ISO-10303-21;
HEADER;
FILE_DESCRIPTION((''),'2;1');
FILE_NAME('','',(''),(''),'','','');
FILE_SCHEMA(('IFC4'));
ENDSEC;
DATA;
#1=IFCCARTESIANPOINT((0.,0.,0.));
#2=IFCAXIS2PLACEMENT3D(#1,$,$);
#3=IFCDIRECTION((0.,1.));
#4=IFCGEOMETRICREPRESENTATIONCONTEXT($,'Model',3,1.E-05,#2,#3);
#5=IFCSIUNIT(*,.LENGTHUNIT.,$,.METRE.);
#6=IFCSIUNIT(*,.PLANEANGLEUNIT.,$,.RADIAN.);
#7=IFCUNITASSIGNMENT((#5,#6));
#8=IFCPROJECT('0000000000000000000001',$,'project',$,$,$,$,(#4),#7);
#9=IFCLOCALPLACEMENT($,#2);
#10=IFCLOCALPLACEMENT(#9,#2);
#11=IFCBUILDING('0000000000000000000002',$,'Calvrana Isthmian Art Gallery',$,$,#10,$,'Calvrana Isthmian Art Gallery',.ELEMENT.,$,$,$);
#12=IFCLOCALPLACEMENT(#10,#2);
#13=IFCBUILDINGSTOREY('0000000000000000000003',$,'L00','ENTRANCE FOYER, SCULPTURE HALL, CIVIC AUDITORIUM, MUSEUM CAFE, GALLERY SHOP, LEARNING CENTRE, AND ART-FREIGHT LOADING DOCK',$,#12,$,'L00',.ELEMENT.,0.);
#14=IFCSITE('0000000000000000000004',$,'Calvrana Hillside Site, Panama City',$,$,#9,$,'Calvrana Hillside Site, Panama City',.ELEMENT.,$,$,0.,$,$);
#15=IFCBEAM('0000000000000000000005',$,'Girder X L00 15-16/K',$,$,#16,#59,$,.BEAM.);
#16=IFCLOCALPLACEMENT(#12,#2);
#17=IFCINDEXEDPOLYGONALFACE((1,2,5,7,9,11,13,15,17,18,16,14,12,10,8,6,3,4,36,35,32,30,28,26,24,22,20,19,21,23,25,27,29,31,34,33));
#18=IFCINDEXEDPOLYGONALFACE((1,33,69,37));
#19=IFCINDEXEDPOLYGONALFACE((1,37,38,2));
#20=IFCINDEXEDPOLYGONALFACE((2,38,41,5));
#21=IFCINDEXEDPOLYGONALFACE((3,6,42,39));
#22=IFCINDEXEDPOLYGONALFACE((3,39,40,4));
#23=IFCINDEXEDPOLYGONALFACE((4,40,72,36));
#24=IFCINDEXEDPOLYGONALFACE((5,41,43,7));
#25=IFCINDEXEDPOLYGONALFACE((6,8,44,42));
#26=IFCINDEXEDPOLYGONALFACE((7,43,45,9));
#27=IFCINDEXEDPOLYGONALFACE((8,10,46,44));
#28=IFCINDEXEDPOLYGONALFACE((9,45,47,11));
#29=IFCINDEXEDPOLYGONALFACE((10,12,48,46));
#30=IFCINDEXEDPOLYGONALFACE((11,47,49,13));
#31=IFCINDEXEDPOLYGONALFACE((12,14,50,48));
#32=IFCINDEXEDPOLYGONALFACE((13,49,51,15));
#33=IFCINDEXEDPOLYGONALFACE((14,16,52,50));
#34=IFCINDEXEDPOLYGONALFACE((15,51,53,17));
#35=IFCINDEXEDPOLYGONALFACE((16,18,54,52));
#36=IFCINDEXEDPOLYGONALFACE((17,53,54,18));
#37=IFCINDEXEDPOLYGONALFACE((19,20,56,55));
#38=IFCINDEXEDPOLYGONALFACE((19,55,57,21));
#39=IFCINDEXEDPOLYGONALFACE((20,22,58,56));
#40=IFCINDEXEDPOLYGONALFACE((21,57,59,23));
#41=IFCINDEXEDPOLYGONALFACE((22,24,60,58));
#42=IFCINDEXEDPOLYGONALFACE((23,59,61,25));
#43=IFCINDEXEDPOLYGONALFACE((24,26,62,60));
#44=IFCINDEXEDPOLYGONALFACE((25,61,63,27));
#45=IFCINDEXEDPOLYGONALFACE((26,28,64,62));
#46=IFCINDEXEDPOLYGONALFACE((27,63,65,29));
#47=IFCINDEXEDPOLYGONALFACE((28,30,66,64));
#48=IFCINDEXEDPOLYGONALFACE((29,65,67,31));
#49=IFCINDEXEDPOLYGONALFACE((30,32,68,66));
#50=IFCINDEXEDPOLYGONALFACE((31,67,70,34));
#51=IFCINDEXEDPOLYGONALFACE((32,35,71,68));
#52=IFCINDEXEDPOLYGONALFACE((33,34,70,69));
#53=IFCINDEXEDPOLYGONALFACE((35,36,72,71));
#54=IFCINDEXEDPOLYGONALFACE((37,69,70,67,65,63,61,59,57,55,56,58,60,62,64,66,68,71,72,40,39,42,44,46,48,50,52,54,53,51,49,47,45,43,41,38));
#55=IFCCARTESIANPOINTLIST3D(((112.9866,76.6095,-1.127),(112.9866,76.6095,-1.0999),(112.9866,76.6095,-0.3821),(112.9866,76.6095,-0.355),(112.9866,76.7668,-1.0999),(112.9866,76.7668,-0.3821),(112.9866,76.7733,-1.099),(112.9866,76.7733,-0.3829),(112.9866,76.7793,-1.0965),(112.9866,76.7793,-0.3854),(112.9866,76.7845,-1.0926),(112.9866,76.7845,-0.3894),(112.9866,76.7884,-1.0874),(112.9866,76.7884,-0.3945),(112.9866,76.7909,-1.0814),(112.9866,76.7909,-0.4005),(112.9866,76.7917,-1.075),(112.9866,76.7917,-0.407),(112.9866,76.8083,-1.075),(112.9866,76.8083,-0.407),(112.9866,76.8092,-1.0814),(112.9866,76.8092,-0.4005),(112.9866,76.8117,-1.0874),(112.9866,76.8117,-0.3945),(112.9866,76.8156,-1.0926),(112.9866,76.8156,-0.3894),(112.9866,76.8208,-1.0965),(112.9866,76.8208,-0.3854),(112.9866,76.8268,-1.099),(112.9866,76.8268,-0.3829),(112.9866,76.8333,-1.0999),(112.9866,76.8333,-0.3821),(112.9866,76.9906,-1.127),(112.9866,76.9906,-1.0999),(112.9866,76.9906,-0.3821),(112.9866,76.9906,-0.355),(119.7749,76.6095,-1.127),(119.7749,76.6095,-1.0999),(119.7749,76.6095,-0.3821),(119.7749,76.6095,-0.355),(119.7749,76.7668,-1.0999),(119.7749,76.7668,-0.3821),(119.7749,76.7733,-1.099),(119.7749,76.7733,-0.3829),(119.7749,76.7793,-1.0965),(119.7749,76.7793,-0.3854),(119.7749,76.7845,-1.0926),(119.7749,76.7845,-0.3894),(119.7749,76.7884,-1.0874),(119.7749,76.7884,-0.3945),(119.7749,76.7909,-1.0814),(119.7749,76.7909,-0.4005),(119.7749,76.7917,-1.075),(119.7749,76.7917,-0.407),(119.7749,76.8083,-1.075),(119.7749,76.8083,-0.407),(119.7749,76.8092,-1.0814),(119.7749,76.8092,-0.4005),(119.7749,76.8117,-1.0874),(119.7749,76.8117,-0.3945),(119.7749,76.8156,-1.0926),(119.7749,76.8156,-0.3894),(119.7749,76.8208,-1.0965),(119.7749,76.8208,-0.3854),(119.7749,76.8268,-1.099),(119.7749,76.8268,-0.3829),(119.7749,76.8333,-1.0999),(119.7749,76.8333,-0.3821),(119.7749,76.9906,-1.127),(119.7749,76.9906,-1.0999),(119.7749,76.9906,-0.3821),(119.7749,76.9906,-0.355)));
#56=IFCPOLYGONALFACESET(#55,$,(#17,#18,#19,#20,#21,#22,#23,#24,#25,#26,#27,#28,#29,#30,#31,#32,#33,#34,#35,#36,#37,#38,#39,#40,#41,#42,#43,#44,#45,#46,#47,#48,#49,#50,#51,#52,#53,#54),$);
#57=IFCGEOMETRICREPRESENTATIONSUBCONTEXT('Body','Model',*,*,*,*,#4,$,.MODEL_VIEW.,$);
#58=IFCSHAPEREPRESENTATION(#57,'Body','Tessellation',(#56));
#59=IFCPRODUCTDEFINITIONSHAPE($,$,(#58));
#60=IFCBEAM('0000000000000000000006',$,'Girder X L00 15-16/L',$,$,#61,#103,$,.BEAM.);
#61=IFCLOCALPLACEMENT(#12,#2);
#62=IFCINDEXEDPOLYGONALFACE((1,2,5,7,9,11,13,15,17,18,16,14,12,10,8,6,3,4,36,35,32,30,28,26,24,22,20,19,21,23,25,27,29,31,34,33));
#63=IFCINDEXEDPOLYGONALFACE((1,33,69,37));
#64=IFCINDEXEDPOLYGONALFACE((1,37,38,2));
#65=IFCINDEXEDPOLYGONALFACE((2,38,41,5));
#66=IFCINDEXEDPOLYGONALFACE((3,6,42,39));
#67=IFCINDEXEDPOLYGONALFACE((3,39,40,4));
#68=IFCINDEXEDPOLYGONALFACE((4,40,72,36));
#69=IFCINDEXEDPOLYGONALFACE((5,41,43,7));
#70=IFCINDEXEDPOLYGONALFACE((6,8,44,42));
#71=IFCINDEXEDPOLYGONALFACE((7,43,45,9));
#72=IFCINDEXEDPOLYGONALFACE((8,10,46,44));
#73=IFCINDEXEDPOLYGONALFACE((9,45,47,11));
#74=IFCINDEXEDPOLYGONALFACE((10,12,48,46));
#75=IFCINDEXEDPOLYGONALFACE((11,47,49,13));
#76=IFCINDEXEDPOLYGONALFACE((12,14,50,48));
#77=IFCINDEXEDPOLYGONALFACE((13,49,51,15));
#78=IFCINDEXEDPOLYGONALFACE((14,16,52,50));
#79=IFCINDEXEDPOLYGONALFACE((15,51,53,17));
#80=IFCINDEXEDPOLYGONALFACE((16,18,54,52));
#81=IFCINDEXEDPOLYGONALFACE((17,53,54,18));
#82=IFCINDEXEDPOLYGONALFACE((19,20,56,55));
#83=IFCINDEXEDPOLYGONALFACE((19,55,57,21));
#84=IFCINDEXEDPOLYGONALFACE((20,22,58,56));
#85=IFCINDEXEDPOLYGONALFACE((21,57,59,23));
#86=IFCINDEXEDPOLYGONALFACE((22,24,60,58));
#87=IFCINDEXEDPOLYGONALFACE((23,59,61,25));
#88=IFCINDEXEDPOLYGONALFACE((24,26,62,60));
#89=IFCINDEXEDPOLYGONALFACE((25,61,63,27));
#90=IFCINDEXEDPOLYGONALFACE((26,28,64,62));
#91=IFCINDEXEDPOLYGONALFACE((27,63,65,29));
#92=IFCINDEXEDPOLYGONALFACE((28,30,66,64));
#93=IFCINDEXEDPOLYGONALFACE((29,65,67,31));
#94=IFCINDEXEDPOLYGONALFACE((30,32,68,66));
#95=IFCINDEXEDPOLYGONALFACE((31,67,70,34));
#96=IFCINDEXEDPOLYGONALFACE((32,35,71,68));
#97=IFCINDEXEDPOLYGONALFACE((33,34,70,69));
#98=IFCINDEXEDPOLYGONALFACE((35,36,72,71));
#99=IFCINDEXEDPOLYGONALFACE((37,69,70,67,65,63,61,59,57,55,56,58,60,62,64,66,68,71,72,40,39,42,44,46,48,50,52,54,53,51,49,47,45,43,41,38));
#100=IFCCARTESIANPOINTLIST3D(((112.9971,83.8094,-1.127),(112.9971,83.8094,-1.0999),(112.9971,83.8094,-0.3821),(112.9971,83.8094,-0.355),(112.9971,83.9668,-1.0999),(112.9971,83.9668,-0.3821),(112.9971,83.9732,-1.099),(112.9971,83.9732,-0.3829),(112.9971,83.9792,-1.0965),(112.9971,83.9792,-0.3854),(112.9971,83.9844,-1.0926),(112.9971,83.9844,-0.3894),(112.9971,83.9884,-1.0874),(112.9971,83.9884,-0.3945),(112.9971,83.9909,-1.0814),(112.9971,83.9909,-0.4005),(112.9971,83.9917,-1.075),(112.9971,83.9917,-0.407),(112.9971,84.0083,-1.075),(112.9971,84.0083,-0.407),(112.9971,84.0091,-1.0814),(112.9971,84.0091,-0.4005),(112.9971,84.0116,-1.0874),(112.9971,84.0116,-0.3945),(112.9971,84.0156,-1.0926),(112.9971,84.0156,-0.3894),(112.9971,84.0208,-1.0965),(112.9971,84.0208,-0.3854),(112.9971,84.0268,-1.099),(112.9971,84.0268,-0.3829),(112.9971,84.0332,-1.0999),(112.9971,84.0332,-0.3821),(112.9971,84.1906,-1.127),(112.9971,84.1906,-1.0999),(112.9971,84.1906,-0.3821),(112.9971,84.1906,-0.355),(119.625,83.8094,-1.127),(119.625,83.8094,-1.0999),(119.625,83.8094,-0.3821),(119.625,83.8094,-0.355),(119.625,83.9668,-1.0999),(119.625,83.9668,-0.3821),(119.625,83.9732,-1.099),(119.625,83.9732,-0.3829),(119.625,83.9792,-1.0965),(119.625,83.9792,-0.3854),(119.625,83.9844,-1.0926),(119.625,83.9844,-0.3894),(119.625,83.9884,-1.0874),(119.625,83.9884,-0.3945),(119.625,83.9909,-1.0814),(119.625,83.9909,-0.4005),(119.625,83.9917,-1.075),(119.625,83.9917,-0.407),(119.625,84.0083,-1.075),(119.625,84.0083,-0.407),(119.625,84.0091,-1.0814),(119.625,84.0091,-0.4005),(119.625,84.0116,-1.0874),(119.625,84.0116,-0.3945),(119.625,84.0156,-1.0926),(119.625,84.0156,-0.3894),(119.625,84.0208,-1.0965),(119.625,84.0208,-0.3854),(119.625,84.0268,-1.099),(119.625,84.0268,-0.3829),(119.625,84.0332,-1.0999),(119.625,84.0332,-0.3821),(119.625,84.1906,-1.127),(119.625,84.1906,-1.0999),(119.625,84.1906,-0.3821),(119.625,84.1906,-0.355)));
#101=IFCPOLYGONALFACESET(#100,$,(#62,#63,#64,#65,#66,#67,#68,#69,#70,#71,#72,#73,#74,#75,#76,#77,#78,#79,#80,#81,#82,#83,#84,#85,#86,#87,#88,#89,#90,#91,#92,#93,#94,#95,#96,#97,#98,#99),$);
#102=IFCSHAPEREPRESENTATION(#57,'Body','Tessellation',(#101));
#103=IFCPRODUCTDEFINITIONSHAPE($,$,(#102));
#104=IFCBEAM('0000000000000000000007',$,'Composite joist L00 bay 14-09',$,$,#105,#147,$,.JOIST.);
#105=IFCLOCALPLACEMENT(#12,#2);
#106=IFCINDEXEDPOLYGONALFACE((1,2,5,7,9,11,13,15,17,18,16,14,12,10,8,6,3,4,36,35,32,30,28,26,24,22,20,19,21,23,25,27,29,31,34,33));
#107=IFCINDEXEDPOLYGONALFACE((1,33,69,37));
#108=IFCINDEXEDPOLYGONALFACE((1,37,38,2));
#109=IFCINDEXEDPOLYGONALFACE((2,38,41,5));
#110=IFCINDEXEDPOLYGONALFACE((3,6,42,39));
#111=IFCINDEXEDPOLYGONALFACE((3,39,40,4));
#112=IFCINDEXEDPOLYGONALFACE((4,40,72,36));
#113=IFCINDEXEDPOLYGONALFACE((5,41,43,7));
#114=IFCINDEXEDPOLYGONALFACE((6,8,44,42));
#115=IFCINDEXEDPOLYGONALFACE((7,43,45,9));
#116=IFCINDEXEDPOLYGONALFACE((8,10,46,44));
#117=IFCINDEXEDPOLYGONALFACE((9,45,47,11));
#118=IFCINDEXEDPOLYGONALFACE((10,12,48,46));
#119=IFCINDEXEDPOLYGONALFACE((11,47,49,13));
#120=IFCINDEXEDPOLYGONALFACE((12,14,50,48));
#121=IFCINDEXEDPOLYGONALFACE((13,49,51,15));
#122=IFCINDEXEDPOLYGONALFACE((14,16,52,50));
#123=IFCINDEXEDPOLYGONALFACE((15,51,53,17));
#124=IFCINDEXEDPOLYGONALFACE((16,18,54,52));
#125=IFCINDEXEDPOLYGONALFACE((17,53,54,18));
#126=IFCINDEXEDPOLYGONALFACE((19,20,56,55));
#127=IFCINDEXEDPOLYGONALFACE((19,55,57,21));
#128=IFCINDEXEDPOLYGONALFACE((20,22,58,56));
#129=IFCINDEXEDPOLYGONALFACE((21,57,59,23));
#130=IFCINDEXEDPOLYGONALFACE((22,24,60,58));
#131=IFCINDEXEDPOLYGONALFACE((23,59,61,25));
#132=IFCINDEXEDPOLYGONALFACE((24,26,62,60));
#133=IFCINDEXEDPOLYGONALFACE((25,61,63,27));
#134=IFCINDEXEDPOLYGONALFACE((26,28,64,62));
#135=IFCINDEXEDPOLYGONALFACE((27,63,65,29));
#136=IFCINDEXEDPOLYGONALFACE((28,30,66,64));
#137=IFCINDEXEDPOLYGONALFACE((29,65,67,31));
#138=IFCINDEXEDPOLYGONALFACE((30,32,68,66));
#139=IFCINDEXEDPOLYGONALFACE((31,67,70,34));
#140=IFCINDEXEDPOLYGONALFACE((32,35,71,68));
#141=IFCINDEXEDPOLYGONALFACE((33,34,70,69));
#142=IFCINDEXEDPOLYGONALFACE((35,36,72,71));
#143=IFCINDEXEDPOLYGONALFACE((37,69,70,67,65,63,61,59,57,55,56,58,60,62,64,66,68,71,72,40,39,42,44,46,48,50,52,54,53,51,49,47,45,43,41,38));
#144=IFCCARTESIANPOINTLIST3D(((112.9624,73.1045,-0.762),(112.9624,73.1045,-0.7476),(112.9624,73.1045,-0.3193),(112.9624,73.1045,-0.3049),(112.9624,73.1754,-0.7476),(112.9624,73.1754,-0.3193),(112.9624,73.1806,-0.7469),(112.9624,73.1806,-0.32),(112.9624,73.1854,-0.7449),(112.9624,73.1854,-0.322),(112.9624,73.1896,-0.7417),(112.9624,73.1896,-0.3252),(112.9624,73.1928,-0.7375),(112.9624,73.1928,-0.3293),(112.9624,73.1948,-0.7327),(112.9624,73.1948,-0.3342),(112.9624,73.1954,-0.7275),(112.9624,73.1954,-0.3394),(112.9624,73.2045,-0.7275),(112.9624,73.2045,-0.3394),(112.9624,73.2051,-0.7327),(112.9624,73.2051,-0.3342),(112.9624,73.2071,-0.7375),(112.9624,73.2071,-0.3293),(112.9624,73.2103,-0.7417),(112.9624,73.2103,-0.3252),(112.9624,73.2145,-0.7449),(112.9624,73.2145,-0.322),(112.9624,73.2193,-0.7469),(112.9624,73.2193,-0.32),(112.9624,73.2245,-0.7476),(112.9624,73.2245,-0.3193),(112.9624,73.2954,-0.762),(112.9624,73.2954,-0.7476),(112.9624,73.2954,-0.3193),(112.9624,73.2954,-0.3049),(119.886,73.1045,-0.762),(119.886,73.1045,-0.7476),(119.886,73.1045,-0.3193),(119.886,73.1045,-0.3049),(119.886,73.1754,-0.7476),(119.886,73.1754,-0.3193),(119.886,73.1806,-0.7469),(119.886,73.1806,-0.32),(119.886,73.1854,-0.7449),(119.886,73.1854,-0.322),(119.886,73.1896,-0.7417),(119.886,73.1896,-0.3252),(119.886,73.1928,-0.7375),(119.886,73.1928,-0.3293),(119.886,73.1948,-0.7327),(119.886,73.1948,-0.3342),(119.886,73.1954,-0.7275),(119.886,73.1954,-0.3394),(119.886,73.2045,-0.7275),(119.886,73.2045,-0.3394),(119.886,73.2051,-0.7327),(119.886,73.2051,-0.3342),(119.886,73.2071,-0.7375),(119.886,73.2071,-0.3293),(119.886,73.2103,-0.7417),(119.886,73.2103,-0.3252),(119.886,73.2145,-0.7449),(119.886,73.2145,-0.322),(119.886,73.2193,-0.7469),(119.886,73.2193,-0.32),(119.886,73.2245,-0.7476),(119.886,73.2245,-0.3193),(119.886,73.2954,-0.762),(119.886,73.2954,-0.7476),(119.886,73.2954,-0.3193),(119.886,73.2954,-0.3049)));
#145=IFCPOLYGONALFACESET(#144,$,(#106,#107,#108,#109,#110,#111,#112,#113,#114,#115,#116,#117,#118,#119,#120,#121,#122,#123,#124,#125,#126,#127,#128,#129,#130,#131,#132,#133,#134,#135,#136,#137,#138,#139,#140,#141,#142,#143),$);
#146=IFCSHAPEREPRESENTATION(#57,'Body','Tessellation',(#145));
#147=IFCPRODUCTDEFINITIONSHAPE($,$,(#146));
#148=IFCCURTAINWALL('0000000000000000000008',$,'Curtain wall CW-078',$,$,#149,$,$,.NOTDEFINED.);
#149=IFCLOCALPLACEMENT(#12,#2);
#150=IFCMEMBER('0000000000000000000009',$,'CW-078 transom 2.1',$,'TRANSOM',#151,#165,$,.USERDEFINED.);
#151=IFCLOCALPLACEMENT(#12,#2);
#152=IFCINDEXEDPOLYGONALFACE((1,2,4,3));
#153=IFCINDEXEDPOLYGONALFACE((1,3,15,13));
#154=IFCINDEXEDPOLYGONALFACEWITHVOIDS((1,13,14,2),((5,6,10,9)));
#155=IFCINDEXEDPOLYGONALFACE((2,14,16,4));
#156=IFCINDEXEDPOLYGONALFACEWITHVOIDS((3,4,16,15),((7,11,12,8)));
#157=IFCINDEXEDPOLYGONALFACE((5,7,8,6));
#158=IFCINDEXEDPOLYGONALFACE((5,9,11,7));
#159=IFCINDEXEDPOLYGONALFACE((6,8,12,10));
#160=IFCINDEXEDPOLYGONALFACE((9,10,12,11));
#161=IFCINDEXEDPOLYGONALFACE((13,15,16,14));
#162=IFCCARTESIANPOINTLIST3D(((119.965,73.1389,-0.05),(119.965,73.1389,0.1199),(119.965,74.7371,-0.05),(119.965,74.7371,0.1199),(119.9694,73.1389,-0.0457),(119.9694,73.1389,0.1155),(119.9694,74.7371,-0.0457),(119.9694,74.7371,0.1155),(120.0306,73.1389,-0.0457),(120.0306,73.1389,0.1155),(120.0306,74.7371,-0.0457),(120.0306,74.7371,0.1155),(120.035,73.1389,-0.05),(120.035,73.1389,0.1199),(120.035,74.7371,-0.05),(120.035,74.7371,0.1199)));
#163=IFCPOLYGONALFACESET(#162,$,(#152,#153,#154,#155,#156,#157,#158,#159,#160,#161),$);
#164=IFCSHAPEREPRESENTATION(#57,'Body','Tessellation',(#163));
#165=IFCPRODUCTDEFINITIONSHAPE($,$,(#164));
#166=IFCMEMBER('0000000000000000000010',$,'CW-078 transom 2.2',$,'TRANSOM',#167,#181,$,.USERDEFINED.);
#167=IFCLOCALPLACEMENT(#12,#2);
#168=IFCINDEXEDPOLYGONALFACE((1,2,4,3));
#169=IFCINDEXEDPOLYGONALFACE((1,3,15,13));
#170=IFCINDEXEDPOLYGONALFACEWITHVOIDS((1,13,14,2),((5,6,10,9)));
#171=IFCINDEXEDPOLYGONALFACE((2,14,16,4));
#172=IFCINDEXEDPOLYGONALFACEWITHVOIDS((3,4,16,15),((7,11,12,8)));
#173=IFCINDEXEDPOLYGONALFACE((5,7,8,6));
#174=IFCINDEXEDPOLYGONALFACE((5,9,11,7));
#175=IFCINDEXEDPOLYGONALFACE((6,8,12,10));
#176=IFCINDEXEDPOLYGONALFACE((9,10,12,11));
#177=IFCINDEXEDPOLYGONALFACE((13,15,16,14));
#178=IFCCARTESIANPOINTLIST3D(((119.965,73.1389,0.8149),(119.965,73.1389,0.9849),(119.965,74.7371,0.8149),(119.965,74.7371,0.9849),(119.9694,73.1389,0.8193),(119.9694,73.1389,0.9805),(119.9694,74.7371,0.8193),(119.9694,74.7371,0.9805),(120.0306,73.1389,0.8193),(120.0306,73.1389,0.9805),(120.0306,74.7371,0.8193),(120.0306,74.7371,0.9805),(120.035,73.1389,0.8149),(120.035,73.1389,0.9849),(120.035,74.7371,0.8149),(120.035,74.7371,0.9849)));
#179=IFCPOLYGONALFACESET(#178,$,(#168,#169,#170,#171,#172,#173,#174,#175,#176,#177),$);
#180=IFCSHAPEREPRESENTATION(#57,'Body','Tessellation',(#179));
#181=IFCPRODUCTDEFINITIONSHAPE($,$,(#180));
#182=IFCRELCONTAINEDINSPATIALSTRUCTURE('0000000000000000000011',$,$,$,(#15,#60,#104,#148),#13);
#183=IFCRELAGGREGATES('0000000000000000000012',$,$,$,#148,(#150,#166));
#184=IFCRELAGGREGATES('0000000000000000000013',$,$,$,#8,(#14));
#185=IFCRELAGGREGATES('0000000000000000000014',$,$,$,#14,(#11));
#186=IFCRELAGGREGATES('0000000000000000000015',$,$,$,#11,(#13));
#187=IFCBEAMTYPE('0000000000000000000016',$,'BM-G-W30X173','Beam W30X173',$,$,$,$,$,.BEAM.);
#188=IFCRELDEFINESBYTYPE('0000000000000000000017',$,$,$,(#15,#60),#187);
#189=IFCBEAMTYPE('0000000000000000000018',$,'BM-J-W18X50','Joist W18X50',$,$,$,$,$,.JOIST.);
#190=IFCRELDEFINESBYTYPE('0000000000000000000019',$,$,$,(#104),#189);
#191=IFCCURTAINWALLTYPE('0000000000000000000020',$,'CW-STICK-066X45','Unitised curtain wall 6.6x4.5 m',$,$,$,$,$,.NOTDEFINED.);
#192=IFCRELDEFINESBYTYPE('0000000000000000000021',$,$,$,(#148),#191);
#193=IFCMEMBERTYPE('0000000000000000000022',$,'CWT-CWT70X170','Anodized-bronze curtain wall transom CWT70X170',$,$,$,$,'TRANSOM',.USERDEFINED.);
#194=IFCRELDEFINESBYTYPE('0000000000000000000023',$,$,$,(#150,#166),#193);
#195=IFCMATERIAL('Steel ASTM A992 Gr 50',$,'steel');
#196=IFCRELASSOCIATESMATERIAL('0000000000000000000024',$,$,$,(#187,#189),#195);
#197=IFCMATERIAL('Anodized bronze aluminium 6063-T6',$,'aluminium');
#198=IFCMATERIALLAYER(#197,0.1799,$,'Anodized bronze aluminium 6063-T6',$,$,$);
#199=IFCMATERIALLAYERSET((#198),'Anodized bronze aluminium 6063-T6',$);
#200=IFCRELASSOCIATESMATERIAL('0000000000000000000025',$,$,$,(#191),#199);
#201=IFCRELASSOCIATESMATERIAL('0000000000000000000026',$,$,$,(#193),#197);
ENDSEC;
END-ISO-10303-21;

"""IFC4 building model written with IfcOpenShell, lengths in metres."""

from ifc_helpers import new_model, si_unit, direction, frame, origin, origin_2d, place, context, subcontext, project, spatial, hollow_rectangle, i_section, extrude, material, layer, layer_set, material_profile, profile_set, type_object, element, aggregate, save


model = new_model("IFC4")

# Units and contexts
model_context = context("Model", 3, precision=1e-05, world=origin(), true_north=direction((0.0, 1.0)))
body_context = subcontext(model_context, "Body", "Model", "MODEL_VIEW")
ifc_project = project(units=[si_unit("LENGTHUNIT", "METRE"), si_unit("PLANEANGLEUNIT", "RADIAN")], contexts=[model_context])

# Site, building, storey
site_placement = place(None, origin())
site = spatial("IfcSite", under=ifc_project, at=site_placement, Name="Calvrana Hillside Site, Panama City", LongName="Calvrana Hillside Site, Panama City", CompositionType="ELEMENT", RefElevation=0.0)
building_placement = place(site_placement, origin())
building = spatial("IfcBuilding", under=site, at=building_placement, Name="Calvrana Isthmian Art Gallery", LongName="Calvrana Isthmian Art Gallery", CompositionType="ELEMENT")
storey_placement = place(building_placement, origin())
storey = spatial("IfcBuildingStorey", under=building, at=storey_placement, Name="L00", Description="ENTRANCE FOYER, SCULPTURE HALL, CIVIC AUDITORIUM, MUSEUM CAFE, GALLERY SHOP, LEARNING CENTRE, AND ART-FREIGHT LOADING DOCK", LongName="L00", CompositionType="ELEMENT", Elevation=0.0)

# Shared definitions
ifc_material_1 = material(Name="Steel ASTM A992 Gr 50", Category="steel")

# Beams
ifc_material_profile_1 = material_profile(ifc_material_1, i_section(OverallWidth=0.3811, OverallDepth=0.772, WebThickness=0.0166, FlangeThickness=0.0271, FilletRadius=0.0249, at=origin_2d()), Name="W30X173")
ifc_profile_set_1 = profile_set([ifc_material_profile_1], Name="Steel ASTM A992 Gr 50")
beam_type_1 = type_object("IfcBeamType", Name="BM-G-W30X173", Description="Beam W30X173", PredefinedType="BEAM", material=ifc_profile_set_1)
beam_1_placement = place(storey_placement, frame((112.9866, 76.8, -0.741), z_axis=(1.0, 0.0, 0.0), x_axis=(0.0, 1.0, 0.0)))
element("IfcBeam", 1, at=beam_1_placement, inside=storey, type_object=beam_type_1, Name="Girder X L00 15-16/K", PredefinedType="BEAM", context=body_context, shape_type="SweptSolid", body=[
    extrude(i_section(OverallWidth=0.3811, OverallDepth=0.772, WebThickness=0.0166, FlangeThickness=0.0271, FilletRadius=0.0249, at=origin_2d()), origin(), (0.0, 0.0, 1.0), 6.7883),
])
beam_2_placement = place(storey_placement, frame((112.9971, 84.0, -0.741), z_axis=(1.0, 0.0, 0.0), x_axis=(0.0, 1.0, 0.0)))
element("IfcBeam", 2, at=beam_2_placement, inside=storey, type_object=beam_type_1, Name="Girder X L00 15-16/L", PredefinedType="BEAM", context=body_context, shape_type="SweptSolid", body=[
    extrude(i_section(OverallWidth=0.3811, OverallDepth=0.772, WebThickness=0.0166, FlangeThickness=0.0271, FilletRadius=0.0249, at=origin_2d()), origin(), (0.0, 0.0, 1.0), 6.6279),
])
ifc_material_profile_2 = material_profile(ifc_material_1, i_section(OverallWidth=0.1909, OverallDepth=0.457, WebThickness=0.009, FlangeThickness=0.0144, FilletRadius=0.02, at=origin_2d()), Name="W18X50")
ifc_profile_set_2 = profile_set([ifc_material_profile_2], Name="Steel ASTM A992 Gr 50")
beam_type_2 = type_object("IfcBeamType", Name="BM-J-W18X50", Description="Joist W18X50", PredefinedType="JOIST", material=ifc_profile_set_2)
beam_3_placement = place(storey_placement, frame((112.9624, 73.2, -0.5334), z_axis=(1.0, 0.0, 0.0), x_axis=(0.0, 1.0, 0.0)))
element("IfcBeam", 3, at=beam_3_placement, inside=storey, type_object=beam_type_2, Name="Composite joist L00 bay 14-09", PredefinedType="JOIST", context=body_context, shape_type="SweptSolid", body=[
    extrude(i_section(OverallWidth=0.1909, OverallDepth=0.457, WebThickness=0.009, FlangeThickness=0.0144, FilletRadius=0.02, at=origin_2d()), origin(), (0.0, 0.0, 1.0), 6.9236),
])

# Curtain wall, members
ifc_material_2 = material(Name="Anodized bronze aluminium 6063-T6", Category="aluminium")
ifc_layer_1 = layer(ifc_material_2, 0.1799, Name="Anodized bronze aluminium 6063-T6")
ifc_layer_set_1 = layer_set([ifc_layer_1], Name="Anodized bronze aluminium 6063-T6")
curtain_wall_type = type_object("IfcCurtainWallType", Name="CW-STICK-066X45", Description="Unitised curtain wall 6.6x4.5 m", PredefinedType="NOTDEFINED", material=ifc_layer_set_1)
curtain_wall_placement = place(storey_placement, origin())
curtain_wall = element("IfcCurtainWall", 4, at=curtain_wall_placement, inside=storey, type_object=curtain_wall_type, Name="Curtain wall CW-078", PredefinedType="NOTDEFINED")
ifc_material_profile_3 = material_profile(ifc_material_2, hollow_rectangle(XDim=0.0701, YDim=0.1699, WallThickness=0.0044, at=origin_2d()), Name="CWT70X170")
ifc_profile_set_3 = profile_set([ifc_material_profile_3], Name="Anodized bronze aluminium 6063-T6")
member_type = type_object("IfcMemberType", Name="CWT-CWT70X170", Description="Anodized-bronze curtain wall transom CWT70X170", ElementType="TRANSOM", PredefinedType="USERDEFINED", material=ifc_profile_set_3)
member_1_placement = place(storey_placement, frame((120.0, 74.7371, 0.0349), z_axis=(0.0, -1.0, 0.0), x_axis=(1.0, 0.0, 0.0)))
member_1 = element("IfcMember", 5, at=member_1_placement, type_object=member_type, Name="CW-078 transom 2.1", ObjectType="TRANSOM", PredefinedType="USERDEFINED", context=body_context, shape_type="SweptSolid", body=[
    extrude(hollow_rectangle(XDim=0.0701, YDim=0.1699, WallThickness=0.0044, at=origin_2d()), origin(), (0.0, 0.0, 1.0), 1.5981),
])
member_2_placement = place(storey_placement, frame((120.0, 74.7371, 0.8999), z_axis=(0.0, -1.0, 0.0), x_axis=(1.0, 0.0, 0.0)))
member_2 = element("IfcMember", 6, at=member_2_placement, type_object=member_type, Name="CW-078 transom 2.2", ObjectType="TRANSOM", PredefinedType="USERDEFINED", context=body_context, shape_type="SweptSolid", body=[
    extrude(hollow_rectangle(XDim=0.0701, YDim=0.1699, WallThickness=0.0044, at=origin_2d()), origin(), (0.0, 0.0, 1.0), 1.5981),
])
aggregate(curtain_wall, [member_1, member_2])

save(model, "model.ifc")
